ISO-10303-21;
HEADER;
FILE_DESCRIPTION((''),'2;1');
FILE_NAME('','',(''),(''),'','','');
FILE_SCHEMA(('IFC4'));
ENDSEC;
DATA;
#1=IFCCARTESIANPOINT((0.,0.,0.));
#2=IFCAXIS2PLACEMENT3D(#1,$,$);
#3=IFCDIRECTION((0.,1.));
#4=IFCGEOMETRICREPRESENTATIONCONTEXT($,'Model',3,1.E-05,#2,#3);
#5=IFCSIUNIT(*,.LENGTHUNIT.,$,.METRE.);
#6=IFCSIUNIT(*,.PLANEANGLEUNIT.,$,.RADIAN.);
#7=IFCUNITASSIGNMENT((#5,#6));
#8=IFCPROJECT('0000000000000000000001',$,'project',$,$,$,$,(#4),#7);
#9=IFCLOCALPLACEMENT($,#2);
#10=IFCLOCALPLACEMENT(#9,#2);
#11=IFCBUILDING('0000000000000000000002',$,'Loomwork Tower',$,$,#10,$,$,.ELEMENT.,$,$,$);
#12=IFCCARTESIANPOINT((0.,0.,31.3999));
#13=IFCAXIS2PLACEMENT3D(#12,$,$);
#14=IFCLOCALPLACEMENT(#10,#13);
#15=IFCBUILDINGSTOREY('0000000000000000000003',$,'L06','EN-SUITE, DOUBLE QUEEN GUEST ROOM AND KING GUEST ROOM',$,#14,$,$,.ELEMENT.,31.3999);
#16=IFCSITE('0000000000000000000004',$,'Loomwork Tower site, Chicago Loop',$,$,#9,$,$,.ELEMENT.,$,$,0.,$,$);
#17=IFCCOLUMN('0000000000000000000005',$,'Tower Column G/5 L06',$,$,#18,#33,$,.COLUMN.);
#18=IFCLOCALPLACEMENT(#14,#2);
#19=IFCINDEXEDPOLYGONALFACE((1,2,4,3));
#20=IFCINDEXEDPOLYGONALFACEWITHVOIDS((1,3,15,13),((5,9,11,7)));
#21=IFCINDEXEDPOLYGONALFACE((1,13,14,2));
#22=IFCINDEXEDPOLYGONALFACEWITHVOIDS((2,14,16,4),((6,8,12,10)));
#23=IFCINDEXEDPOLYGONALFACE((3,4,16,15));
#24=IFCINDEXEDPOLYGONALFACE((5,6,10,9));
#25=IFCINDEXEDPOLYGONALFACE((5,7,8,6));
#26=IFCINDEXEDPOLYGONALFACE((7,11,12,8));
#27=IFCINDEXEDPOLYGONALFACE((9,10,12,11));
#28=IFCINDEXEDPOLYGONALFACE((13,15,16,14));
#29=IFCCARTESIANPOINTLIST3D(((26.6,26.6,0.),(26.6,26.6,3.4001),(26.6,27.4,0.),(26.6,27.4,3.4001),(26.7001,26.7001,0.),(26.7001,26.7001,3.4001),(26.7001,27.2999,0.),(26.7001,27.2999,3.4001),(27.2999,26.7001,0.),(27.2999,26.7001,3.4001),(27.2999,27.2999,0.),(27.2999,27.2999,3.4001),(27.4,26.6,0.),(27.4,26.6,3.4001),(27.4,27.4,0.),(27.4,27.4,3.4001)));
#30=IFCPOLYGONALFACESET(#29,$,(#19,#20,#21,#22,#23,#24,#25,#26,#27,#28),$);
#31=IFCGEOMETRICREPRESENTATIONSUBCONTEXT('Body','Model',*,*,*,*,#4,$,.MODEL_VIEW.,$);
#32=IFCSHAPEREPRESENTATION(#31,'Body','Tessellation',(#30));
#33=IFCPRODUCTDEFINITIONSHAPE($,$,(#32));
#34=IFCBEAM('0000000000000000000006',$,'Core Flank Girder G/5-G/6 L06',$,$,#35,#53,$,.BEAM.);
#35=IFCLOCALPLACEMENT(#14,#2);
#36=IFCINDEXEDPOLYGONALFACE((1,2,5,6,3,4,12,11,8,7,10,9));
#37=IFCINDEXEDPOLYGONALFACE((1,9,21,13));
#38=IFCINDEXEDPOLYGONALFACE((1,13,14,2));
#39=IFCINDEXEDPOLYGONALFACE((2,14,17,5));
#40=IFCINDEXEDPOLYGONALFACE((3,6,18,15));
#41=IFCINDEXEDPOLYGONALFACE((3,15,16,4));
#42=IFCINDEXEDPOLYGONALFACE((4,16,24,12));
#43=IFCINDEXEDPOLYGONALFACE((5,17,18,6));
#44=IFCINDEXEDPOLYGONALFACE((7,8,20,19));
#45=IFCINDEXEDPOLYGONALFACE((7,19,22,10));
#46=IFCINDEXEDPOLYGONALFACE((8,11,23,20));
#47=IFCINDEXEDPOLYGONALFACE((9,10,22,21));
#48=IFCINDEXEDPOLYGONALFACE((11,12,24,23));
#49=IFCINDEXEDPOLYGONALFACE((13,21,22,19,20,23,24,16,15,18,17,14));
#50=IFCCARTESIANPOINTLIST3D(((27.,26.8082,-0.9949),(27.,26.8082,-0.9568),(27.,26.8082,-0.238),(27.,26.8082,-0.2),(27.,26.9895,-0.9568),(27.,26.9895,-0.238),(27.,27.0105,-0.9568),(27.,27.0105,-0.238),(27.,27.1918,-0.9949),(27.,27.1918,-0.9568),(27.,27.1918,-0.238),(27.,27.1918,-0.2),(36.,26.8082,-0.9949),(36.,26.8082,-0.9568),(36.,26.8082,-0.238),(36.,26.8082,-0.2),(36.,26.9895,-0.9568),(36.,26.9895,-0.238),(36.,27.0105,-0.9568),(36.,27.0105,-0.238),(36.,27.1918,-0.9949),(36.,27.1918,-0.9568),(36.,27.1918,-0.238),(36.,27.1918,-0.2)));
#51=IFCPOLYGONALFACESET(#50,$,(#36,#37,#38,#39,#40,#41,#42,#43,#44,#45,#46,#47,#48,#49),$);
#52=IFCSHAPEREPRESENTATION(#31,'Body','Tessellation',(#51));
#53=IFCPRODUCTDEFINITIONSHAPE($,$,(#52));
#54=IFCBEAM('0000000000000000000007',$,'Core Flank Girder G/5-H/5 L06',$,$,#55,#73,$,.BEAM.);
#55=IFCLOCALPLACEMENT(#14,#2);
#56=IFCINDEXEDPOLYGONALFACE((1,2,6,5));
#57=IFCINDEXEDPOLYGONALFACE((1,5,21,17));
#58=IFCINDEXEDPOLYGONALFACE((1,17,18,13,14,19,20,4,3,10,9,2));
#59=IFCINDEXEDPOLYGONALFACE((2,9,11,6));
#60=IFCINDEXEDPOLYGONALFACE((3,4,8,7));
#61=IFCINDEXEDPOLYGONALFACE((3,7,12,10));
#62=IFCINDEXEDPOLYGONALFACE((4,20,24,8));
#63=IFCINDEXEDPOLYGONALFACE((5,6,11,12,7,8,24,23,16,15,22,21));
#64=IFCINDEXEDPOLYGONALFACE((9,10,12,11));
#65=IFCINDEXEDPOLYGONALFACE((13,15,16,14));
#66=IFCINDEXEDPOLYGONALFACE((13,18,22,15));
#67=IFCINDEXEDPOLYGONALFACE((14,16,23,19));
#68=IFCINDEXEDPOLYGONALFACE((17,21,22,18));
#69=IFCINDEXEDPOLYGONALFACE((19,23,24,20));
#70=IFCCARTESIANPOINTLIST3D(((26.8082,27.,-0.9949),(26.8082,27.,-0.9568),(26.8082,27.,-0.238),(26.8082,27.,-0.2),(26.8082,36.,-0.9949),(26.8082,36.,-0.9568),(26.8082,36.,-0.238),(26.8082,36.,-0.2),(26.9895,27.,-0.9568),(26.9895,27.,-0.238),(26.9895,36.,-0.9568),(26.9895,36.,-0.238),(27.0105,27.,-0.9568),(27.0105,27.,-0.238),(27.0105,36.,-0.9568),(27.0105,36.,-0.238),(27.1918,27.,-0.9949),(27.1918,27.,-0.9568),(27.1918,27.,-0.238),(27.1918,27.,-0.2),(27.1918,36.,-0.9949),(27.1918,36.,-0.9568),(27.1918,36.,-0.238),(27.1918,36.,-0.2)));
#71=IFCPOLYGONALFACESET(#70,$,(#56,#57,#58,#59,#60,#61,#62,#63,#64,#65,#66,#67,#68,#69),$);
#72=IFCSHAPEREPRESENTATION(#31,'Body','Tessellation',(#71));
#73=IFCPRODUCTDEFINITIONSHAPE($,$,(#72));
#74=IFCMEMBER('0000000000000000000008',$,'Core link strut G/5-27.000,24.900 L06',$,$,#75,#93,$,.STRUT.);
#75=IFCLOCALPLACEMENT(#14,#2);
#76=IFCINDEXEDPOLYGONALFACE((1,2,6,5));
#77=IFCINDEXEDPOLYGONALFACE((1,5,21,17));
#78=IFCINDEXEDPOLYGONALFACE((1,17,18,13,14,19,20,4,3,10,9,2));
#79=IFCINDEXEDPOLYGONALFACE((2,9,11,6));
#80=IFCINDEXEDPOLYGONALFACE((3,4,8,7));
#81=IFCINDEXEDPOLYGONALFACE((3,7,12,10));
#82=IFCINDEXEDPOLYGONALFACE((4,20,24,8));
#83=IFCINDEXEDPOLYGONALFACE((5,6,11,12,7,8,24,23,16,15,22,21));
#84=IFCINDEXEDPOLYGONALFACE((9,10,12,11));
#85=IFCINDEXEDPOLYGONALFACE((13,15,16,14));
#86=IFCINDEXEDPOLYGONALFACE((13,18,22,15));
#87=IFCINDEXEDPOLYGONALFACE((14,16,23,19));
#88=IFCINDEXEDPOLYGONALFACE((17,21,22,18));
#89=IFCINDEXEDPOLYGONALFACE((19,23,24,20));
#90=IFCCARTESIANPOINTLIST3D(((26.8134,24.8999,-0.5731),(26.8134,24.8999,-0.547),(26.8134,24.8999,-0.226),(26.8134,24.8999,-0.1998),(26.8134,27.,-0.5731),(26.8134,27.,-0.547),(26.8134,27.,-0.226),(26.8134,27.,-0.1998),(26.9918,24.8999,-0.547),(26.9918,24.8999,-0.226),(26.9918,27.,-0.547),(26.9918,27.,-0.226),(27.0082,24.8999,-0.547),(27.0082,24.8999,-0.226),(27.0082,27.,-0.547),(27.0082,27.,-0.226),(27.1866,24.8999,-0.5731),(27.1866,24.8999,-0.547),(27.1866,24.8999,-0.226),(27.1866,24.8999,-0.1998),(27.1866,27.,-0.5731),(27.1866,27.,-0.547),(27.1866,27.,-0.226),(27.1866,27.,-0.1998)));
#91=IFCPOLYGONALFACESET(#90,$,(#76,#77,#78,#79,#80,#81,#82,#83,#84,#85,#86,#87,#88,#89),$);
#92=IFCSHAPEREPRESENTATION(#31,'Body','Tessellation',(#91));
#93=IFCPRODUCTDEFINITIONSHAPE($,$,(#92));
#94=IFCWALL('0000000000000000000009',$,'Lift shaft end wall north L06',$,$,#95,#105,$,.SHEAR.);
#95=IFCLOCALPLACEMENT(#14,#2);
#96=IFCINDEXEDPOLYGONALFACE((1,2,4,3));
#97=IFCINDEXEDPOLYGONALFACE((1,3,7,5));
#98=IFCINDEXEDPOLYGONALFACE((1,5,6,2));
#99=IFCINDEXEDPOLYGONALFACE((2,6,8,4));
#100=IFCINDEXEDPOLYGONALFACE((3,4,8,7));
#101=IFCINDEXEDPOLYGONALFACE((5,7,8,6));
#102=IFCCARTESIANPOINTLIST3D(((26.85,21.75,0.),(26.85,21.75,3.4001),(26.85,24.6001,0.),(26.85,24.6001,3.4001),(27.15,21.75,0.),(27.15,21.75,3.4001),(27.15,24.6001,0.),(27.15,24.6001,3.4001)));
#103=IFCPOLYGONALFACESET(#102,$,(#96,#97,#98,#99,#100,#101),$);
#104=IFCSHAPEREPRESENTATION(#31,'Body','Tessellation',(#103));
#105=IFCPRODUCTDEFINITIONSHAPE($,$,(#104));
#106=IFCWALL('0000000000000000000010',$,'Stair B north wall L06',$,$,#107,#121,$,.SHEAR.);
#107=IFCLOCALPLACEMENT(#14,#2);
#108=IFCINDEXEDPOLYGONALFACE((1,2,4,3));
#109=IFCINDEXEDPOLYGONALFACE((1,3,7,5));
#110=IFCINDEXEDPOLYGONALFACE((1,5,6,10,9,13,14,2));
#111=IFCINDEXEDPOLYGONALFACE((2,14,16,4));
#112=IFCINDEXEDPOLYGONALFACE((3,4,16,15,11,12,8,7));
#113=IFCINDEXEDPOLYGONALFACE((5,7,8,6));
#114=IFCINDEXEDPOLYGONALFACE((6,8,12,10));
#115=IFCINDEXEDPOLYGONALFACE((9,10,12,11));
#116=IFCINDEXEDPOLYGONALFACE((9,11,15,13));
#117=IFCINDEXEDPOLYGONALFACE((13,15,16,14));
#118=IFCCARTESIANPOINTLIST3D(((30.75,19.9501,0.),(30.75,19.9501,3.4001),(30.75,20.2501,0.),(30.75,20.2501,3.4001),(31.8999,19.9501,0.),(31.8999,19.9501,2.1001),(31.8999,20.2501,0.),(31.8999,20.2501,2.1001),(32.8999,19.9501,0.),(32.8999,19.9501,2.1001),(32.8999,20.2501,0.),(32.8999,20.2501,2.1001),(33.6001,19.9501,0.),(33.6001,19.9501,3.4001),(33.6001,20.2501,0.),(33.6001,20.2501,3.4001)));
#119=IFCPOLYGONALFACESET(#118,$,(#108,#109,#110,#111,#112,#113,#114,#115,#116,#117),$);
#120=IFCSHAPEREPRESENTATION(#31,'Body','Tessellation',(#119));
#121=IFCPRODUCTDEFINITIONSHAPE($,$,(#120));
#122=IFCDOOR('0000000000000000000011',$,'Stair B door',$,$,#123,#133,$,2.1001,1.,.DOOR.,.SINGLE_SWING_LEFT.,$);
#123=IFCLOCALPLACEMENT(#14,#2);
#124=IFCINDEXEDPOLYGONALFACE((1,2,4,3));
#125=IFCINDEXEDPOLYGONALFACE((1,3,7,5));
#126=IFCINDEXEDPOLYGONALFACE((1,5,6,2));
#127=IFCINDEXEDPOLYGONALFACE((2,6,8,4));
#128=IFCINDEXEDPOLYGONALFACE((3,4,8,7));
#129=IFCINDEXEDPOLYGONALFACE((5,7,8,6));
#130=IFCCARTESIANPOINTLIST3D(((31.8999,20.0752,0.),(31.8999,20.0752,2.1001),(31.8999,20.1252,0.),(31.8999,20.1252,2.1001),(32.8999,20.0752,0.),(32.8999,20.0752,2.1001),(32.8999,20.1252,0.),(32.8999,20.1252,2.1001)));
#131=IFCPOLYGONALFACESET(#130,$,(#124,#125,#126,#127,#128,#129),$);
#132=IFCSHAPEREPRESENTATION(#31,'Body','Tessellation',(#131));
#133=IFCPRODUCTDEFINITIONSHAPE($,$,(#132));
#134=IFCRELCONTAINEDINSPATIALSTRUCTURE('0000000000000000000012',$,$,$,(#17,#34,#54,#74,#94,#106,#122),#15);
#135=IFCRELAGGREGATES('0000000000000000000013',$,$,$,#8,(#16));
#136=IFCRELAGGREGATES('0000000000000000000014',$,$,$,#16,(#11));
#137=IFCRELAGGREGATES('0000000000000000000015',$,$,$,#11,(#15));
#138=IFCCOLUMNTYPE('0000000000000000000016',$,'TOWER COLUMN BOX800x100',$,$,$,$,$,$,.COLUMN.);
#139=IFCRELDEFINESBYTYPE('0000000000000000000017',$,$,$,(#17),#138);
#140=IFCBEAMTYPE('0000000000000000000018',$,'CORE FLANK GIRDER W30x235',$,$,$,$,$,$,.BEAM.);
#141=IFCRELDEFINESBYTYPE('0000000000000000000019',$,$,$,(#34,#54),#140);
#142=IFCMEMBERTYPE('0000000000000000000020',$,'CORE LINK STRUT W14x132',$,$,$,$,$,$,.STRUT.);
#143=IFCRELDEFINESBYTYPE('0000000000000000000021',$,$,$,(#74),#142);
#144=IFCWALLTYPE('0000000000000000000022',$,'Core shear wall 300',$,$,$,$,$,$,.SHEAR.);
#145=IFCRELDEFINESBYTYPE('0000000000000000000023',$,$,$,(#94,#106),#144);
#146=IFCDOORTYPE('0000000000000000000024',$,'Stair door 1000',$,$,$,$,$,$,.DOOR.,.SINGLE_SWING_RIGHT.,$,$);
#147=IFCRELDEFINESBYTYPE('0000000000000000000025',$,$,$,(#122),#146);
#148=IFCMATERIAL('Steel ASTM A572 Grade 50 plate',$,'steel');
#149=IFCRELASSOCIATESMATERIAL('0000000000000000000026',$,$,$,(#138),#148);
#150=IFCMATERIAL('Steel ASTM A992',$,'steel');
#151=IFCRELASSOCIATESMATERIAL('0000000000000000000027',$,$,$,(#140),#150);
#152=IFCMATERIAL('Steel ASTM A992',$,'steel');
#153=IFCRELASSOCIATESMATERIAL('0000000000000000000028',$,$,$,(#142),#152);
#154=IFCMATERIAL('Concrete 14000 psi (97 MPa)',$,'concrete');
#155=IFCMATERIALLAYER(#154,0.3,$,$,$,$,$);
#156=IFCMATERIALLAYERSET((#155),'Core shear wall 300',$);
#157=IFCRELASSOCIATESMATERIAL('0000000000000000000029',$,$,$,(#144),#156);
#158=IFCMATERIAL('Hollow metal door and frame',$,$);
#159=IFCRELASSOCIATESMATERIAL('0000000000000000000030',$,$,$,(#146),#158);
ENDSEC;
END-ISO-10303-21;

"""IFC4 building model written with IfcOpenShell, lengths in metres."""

from ifc_helpers import new_model, si_unit, direction, frame, frame_2d, origin, origin_2d, place, context, subcontext, project, spatial, rectangle, hollow_rectangle, i_section, extrude, material, layer, layer_set, material_profile, profile_set, type_object, element, fill, save


model = new_model("IFC4")

# Units and contexts
model_context = context("Model", 3, precision=1e-05, world=origin(), true_north=direction((0.0, 1.0)))
body_context = subcontext(model_context, "Body", "Model", "MODEL_VIEW")
ifc_project = project(units=[si_unit("LENGTHUNIT", "METRE"), si_unit("PLANEANGLEUNIT", "RADIAN")], contexts=[model_context])

# Site, building, storey
site_placement = place(None, origin())
site = spatial("IfcSite", under=ifc_project, at=site_placement, Name="Loomwork Tower site, Chicago Loop", CompositionType="ELEMENT", RefElevation=0.0)
building_placement = place(site_placement, origin())
building = spatial("IfcBuilding", under=site, at=building_placement, Name="Loomwork Tower", CompositionType="ELEMENT")
storey_placement = place(building_placement, frame((0.0, 0.0, 31.3999)))
storey = spatial("IfcBuildingStorey", under=building, at=storey_placement, Name="L06", Description="EN-SUITE, DOUBLE QUEEN GUEST ROOM AND KING GUEST ROOM", CompositionType="ELEMENT", Elevation=31.3999)

# Column
ifc_material_1 = material(Name="Steel ASTM A572 Grade 50 plate", Category="steel")
ifc_material_profile_1 = material_profile(ifc_material_1, hollow_rectangle(XDim=0.8, YDim=0.8, WallThickness=0.1001, at=origin_2d()), Name="BOX800x100")
ifc_profile_set_1 = profile_set([ifc_material_profile_1], Name="Steel ASTM A572 Grade 50 plate")
column_type = type_object("IfcColumnType", Name="TOWER COLUMN BOX800x100", PredefinedType="COLUMN", material=ifc_profile_set_1)
column_placement = place(storey_placement, frame((27.0, 27.0, 0.0), z_axis=(0.0, 0.0, 1.0), x_axis=(1.0, 0.0, 0.0)))
element("IfcColumn", 1, at=column_placement, inside=storey, type_object=column_type, Name="Tower Column G/5 L06", PredefinedType="COLUMN", context=body_context, shape_type="SweptSolid", body=[
    extrude(hollow_rectangle(XDim=0.8, YDim=0.8, WallThickness=0.1001, at=origin_2d()), origin(), (0.0, 0.0, 1.0), 3.4001),
])

# Beams
ifc_material_2 = material(Name="Steel ASTM A992", Category="steel")
ifc_material_profile_2 = material_profile(ifc_material_2, i_section(OverallWidth=0.3835, OverallDepth=0.7949, WebThickness=0.021, FlangeThickness=0.0381, at=origin_2d()), Name="W30x235")
ifc_profile_set_2 = profile_set([ifc_material_profile_2], Name="Steel ASTM A992")
beam_type = type_object("IfcBeamType", Name="CORE FLANK GIRDER W30x235", PredefinedType="BEAM", material=ifc_profile_set_2)
for number, where, z_axis, x_axis, name in (
    (2, (27.0, 27.0, -0.5974), (1.0, 0.0, 0.0), (0.0, 1.0, 0.0), "Core Flank Girder G/5-G/6 L06"),
    (3, (27.0, 27.0, -0.5974), (0.0, 1.0, 0.0), (-1.0, 0.0, 0.0), "Core Flank Girder G/5-H/5 L06"),
):
    element("IfcBeam", number, at=place(storey_placement, frame(where, z_axis=z_axis, x_axis=x_axis)), inside=storey, type_object=beam_type, Name=name, PredefinedType="BEAM", context=body_context, shape_type="SweptSolid", body=[
        extrude(i_section(OverallWidth=0.3835, OverallDepth=0.7949, WebThickness=0.021, FlangeThickness=0.0381, at=origin_2d()), origin(), (0.0, 0.0, 1.0), 9.0),
    ])

# Member
ifc_material_3 = material(Name="Steel ASTM A992", Category="steel")
ifc_material_profile_3 = material_profile(ifc_material_3, i_section(OverallWidth=0.3733, OverallDepth=0.3733, WebThickness=0.0164, FlangeThickness=0.0261, at=origin_2d()), Name="W14x132")
ifc_profile_set_3 = profile_set([ifc_material_profile_3], Name="Steel ASTM A992")
member_type = type_object("IfcMemberType", Name="CORE LINK STRUT W14x132", PredefinedType="STRUT", material=ifc_profile_set_3)
member_placement = place(storey_placement, frame((27.0, 27.0, -0.3865), z_axis=(0.0, -1.0, 0.0), x_axis=(1.0, 0.0, 0.0)))
element("IfcMember", 4, at=member_placement, inside=storey, type_object=member_type, Name="Core link strut G/5-27.000,24.900 L06", PredefinedType="STRUT", context=body_context, shape_type="SweptSolid", body=[
    extrude(i_section(OverallWidth=0.3733, OverallDepth=0.3733, WebThickness=0.0164, FlangeThickness=0.0261, at=origin_2d()), origin(), (0.0, 0.0, 1.0), 2.1001),
])

# Wall
ifc_material_4 = material(Name="Concrete 14000 psi (97 MPa)", Category="concrete")
ifc_layer_1 = layer(ifc_material_4, 0.3)
ifc_layer_set_1 = layer_set([ifc_layer_1], Name="Core shear wall 300")
wall_type_1 = type_object("IfcWallType", Name="Core shear wall 300", PredefinedType="SHEAR", material=ifc_layer_set_1)
wall_1_placement = place(storey_placement, frame((27.0, 21.75, 0.0), z_axis=(0.0, 0.0, 1.0), x_axis=(0.0, 1.0, 0.0)))
element("IfcWall", 5, at=wall_1_placement, inside=storey, type_object=wall_type_1, Name="Lift shaft end wall north L06", PredefinedType="SHEAR", context=body_context, shape_type="SweptSolid", body=[
    extrude(rectangle(XDim=2.8501, YDim=0.3, at=frame_2d((1.425, 0.0))), origin(), (0.0, 0.0, 1.0), 3.4001),
])

# Wall, opening, door
wall_2_placement = place(storey_placement, frame((30.75, 20.1001, 0.0), z_axis=(0.0, 0.0, 1.0), x_axis=(1.0, 0.0, 0.0)))
wall_2 = element("IfcWall", 6, at=wall_2_placement, inside=storey, type_object=wall_type_1, Name="Stair B north wall L06", PredefinedType="SHEAR", context=body_context, shape_type="SweptSolid", body=[
    extrude(rectangle(XDim=2.8501, YDim=0.3, at=frame_2d((1.425, 0.0))), origin(), (0.0, 0.0, 1.0), 3.4001),
])
opening_1_placement = place(wall_2_placement, frame((1.1499, 0.0, 0.0)))
opening_1 = element("IfcOpeningElement", 7, at=opening_1_placement, cuts=wall_2, PredefinedType="OPENING", context=body_context, shape_type="SweptSolid", body=[
    extrude(rectangle(XDim=1.0, YDim=2.1001, at=frame_2d((0.5, 1.05))), frame((0.0, 0.1599, 0.0), z_axis=(0.0, -1.0, 0.0), x_axis=(1.0, 0.0, 0.0)), (0.0, 0.0, 1.0), 0.3201),
])
ifc_material_5 = material(Name="Hollow metal door and frame")
door_type_1 = type_object("IfcDoorType", Name="Stair door 1000", OperationType="SINGLE_SWING_RIGHT", PredefinedType="DOOR", material=ifc_material_5)
door_1_placement = place(opening_1_placement, frame((1.0, 0.0, 0.0), z_axis=(0.0, 0.0, 1.0), x_axis=(-1.0, 0.0, 0.0)))
door_1 = element("IfcDoor", 8, at=door_1_placement, inside=storey, type_object=door_type_1, Name="Stair B door", OperationType="SINGLE_SWING_LEFT", OverallHeight=2.1001, OverallWidth=1.0, PredefinedType="DOOR", context=body_context, shape_type="SweptSolid", body=[
    extrude(rectangle(XDim=1.0, YDim=2.1001, at=frame_2d((0.5, 1.05))), frame((0.0, 0.0249, 0.0), z_axis=(0.0, -1.0, 0.0), x_axis=(1.0, 0.0, 0.0)), (0.0, 0.0, 1.0), 0.05),
])
fill(opening_1, door_1)

save(model, "model.ifc")
